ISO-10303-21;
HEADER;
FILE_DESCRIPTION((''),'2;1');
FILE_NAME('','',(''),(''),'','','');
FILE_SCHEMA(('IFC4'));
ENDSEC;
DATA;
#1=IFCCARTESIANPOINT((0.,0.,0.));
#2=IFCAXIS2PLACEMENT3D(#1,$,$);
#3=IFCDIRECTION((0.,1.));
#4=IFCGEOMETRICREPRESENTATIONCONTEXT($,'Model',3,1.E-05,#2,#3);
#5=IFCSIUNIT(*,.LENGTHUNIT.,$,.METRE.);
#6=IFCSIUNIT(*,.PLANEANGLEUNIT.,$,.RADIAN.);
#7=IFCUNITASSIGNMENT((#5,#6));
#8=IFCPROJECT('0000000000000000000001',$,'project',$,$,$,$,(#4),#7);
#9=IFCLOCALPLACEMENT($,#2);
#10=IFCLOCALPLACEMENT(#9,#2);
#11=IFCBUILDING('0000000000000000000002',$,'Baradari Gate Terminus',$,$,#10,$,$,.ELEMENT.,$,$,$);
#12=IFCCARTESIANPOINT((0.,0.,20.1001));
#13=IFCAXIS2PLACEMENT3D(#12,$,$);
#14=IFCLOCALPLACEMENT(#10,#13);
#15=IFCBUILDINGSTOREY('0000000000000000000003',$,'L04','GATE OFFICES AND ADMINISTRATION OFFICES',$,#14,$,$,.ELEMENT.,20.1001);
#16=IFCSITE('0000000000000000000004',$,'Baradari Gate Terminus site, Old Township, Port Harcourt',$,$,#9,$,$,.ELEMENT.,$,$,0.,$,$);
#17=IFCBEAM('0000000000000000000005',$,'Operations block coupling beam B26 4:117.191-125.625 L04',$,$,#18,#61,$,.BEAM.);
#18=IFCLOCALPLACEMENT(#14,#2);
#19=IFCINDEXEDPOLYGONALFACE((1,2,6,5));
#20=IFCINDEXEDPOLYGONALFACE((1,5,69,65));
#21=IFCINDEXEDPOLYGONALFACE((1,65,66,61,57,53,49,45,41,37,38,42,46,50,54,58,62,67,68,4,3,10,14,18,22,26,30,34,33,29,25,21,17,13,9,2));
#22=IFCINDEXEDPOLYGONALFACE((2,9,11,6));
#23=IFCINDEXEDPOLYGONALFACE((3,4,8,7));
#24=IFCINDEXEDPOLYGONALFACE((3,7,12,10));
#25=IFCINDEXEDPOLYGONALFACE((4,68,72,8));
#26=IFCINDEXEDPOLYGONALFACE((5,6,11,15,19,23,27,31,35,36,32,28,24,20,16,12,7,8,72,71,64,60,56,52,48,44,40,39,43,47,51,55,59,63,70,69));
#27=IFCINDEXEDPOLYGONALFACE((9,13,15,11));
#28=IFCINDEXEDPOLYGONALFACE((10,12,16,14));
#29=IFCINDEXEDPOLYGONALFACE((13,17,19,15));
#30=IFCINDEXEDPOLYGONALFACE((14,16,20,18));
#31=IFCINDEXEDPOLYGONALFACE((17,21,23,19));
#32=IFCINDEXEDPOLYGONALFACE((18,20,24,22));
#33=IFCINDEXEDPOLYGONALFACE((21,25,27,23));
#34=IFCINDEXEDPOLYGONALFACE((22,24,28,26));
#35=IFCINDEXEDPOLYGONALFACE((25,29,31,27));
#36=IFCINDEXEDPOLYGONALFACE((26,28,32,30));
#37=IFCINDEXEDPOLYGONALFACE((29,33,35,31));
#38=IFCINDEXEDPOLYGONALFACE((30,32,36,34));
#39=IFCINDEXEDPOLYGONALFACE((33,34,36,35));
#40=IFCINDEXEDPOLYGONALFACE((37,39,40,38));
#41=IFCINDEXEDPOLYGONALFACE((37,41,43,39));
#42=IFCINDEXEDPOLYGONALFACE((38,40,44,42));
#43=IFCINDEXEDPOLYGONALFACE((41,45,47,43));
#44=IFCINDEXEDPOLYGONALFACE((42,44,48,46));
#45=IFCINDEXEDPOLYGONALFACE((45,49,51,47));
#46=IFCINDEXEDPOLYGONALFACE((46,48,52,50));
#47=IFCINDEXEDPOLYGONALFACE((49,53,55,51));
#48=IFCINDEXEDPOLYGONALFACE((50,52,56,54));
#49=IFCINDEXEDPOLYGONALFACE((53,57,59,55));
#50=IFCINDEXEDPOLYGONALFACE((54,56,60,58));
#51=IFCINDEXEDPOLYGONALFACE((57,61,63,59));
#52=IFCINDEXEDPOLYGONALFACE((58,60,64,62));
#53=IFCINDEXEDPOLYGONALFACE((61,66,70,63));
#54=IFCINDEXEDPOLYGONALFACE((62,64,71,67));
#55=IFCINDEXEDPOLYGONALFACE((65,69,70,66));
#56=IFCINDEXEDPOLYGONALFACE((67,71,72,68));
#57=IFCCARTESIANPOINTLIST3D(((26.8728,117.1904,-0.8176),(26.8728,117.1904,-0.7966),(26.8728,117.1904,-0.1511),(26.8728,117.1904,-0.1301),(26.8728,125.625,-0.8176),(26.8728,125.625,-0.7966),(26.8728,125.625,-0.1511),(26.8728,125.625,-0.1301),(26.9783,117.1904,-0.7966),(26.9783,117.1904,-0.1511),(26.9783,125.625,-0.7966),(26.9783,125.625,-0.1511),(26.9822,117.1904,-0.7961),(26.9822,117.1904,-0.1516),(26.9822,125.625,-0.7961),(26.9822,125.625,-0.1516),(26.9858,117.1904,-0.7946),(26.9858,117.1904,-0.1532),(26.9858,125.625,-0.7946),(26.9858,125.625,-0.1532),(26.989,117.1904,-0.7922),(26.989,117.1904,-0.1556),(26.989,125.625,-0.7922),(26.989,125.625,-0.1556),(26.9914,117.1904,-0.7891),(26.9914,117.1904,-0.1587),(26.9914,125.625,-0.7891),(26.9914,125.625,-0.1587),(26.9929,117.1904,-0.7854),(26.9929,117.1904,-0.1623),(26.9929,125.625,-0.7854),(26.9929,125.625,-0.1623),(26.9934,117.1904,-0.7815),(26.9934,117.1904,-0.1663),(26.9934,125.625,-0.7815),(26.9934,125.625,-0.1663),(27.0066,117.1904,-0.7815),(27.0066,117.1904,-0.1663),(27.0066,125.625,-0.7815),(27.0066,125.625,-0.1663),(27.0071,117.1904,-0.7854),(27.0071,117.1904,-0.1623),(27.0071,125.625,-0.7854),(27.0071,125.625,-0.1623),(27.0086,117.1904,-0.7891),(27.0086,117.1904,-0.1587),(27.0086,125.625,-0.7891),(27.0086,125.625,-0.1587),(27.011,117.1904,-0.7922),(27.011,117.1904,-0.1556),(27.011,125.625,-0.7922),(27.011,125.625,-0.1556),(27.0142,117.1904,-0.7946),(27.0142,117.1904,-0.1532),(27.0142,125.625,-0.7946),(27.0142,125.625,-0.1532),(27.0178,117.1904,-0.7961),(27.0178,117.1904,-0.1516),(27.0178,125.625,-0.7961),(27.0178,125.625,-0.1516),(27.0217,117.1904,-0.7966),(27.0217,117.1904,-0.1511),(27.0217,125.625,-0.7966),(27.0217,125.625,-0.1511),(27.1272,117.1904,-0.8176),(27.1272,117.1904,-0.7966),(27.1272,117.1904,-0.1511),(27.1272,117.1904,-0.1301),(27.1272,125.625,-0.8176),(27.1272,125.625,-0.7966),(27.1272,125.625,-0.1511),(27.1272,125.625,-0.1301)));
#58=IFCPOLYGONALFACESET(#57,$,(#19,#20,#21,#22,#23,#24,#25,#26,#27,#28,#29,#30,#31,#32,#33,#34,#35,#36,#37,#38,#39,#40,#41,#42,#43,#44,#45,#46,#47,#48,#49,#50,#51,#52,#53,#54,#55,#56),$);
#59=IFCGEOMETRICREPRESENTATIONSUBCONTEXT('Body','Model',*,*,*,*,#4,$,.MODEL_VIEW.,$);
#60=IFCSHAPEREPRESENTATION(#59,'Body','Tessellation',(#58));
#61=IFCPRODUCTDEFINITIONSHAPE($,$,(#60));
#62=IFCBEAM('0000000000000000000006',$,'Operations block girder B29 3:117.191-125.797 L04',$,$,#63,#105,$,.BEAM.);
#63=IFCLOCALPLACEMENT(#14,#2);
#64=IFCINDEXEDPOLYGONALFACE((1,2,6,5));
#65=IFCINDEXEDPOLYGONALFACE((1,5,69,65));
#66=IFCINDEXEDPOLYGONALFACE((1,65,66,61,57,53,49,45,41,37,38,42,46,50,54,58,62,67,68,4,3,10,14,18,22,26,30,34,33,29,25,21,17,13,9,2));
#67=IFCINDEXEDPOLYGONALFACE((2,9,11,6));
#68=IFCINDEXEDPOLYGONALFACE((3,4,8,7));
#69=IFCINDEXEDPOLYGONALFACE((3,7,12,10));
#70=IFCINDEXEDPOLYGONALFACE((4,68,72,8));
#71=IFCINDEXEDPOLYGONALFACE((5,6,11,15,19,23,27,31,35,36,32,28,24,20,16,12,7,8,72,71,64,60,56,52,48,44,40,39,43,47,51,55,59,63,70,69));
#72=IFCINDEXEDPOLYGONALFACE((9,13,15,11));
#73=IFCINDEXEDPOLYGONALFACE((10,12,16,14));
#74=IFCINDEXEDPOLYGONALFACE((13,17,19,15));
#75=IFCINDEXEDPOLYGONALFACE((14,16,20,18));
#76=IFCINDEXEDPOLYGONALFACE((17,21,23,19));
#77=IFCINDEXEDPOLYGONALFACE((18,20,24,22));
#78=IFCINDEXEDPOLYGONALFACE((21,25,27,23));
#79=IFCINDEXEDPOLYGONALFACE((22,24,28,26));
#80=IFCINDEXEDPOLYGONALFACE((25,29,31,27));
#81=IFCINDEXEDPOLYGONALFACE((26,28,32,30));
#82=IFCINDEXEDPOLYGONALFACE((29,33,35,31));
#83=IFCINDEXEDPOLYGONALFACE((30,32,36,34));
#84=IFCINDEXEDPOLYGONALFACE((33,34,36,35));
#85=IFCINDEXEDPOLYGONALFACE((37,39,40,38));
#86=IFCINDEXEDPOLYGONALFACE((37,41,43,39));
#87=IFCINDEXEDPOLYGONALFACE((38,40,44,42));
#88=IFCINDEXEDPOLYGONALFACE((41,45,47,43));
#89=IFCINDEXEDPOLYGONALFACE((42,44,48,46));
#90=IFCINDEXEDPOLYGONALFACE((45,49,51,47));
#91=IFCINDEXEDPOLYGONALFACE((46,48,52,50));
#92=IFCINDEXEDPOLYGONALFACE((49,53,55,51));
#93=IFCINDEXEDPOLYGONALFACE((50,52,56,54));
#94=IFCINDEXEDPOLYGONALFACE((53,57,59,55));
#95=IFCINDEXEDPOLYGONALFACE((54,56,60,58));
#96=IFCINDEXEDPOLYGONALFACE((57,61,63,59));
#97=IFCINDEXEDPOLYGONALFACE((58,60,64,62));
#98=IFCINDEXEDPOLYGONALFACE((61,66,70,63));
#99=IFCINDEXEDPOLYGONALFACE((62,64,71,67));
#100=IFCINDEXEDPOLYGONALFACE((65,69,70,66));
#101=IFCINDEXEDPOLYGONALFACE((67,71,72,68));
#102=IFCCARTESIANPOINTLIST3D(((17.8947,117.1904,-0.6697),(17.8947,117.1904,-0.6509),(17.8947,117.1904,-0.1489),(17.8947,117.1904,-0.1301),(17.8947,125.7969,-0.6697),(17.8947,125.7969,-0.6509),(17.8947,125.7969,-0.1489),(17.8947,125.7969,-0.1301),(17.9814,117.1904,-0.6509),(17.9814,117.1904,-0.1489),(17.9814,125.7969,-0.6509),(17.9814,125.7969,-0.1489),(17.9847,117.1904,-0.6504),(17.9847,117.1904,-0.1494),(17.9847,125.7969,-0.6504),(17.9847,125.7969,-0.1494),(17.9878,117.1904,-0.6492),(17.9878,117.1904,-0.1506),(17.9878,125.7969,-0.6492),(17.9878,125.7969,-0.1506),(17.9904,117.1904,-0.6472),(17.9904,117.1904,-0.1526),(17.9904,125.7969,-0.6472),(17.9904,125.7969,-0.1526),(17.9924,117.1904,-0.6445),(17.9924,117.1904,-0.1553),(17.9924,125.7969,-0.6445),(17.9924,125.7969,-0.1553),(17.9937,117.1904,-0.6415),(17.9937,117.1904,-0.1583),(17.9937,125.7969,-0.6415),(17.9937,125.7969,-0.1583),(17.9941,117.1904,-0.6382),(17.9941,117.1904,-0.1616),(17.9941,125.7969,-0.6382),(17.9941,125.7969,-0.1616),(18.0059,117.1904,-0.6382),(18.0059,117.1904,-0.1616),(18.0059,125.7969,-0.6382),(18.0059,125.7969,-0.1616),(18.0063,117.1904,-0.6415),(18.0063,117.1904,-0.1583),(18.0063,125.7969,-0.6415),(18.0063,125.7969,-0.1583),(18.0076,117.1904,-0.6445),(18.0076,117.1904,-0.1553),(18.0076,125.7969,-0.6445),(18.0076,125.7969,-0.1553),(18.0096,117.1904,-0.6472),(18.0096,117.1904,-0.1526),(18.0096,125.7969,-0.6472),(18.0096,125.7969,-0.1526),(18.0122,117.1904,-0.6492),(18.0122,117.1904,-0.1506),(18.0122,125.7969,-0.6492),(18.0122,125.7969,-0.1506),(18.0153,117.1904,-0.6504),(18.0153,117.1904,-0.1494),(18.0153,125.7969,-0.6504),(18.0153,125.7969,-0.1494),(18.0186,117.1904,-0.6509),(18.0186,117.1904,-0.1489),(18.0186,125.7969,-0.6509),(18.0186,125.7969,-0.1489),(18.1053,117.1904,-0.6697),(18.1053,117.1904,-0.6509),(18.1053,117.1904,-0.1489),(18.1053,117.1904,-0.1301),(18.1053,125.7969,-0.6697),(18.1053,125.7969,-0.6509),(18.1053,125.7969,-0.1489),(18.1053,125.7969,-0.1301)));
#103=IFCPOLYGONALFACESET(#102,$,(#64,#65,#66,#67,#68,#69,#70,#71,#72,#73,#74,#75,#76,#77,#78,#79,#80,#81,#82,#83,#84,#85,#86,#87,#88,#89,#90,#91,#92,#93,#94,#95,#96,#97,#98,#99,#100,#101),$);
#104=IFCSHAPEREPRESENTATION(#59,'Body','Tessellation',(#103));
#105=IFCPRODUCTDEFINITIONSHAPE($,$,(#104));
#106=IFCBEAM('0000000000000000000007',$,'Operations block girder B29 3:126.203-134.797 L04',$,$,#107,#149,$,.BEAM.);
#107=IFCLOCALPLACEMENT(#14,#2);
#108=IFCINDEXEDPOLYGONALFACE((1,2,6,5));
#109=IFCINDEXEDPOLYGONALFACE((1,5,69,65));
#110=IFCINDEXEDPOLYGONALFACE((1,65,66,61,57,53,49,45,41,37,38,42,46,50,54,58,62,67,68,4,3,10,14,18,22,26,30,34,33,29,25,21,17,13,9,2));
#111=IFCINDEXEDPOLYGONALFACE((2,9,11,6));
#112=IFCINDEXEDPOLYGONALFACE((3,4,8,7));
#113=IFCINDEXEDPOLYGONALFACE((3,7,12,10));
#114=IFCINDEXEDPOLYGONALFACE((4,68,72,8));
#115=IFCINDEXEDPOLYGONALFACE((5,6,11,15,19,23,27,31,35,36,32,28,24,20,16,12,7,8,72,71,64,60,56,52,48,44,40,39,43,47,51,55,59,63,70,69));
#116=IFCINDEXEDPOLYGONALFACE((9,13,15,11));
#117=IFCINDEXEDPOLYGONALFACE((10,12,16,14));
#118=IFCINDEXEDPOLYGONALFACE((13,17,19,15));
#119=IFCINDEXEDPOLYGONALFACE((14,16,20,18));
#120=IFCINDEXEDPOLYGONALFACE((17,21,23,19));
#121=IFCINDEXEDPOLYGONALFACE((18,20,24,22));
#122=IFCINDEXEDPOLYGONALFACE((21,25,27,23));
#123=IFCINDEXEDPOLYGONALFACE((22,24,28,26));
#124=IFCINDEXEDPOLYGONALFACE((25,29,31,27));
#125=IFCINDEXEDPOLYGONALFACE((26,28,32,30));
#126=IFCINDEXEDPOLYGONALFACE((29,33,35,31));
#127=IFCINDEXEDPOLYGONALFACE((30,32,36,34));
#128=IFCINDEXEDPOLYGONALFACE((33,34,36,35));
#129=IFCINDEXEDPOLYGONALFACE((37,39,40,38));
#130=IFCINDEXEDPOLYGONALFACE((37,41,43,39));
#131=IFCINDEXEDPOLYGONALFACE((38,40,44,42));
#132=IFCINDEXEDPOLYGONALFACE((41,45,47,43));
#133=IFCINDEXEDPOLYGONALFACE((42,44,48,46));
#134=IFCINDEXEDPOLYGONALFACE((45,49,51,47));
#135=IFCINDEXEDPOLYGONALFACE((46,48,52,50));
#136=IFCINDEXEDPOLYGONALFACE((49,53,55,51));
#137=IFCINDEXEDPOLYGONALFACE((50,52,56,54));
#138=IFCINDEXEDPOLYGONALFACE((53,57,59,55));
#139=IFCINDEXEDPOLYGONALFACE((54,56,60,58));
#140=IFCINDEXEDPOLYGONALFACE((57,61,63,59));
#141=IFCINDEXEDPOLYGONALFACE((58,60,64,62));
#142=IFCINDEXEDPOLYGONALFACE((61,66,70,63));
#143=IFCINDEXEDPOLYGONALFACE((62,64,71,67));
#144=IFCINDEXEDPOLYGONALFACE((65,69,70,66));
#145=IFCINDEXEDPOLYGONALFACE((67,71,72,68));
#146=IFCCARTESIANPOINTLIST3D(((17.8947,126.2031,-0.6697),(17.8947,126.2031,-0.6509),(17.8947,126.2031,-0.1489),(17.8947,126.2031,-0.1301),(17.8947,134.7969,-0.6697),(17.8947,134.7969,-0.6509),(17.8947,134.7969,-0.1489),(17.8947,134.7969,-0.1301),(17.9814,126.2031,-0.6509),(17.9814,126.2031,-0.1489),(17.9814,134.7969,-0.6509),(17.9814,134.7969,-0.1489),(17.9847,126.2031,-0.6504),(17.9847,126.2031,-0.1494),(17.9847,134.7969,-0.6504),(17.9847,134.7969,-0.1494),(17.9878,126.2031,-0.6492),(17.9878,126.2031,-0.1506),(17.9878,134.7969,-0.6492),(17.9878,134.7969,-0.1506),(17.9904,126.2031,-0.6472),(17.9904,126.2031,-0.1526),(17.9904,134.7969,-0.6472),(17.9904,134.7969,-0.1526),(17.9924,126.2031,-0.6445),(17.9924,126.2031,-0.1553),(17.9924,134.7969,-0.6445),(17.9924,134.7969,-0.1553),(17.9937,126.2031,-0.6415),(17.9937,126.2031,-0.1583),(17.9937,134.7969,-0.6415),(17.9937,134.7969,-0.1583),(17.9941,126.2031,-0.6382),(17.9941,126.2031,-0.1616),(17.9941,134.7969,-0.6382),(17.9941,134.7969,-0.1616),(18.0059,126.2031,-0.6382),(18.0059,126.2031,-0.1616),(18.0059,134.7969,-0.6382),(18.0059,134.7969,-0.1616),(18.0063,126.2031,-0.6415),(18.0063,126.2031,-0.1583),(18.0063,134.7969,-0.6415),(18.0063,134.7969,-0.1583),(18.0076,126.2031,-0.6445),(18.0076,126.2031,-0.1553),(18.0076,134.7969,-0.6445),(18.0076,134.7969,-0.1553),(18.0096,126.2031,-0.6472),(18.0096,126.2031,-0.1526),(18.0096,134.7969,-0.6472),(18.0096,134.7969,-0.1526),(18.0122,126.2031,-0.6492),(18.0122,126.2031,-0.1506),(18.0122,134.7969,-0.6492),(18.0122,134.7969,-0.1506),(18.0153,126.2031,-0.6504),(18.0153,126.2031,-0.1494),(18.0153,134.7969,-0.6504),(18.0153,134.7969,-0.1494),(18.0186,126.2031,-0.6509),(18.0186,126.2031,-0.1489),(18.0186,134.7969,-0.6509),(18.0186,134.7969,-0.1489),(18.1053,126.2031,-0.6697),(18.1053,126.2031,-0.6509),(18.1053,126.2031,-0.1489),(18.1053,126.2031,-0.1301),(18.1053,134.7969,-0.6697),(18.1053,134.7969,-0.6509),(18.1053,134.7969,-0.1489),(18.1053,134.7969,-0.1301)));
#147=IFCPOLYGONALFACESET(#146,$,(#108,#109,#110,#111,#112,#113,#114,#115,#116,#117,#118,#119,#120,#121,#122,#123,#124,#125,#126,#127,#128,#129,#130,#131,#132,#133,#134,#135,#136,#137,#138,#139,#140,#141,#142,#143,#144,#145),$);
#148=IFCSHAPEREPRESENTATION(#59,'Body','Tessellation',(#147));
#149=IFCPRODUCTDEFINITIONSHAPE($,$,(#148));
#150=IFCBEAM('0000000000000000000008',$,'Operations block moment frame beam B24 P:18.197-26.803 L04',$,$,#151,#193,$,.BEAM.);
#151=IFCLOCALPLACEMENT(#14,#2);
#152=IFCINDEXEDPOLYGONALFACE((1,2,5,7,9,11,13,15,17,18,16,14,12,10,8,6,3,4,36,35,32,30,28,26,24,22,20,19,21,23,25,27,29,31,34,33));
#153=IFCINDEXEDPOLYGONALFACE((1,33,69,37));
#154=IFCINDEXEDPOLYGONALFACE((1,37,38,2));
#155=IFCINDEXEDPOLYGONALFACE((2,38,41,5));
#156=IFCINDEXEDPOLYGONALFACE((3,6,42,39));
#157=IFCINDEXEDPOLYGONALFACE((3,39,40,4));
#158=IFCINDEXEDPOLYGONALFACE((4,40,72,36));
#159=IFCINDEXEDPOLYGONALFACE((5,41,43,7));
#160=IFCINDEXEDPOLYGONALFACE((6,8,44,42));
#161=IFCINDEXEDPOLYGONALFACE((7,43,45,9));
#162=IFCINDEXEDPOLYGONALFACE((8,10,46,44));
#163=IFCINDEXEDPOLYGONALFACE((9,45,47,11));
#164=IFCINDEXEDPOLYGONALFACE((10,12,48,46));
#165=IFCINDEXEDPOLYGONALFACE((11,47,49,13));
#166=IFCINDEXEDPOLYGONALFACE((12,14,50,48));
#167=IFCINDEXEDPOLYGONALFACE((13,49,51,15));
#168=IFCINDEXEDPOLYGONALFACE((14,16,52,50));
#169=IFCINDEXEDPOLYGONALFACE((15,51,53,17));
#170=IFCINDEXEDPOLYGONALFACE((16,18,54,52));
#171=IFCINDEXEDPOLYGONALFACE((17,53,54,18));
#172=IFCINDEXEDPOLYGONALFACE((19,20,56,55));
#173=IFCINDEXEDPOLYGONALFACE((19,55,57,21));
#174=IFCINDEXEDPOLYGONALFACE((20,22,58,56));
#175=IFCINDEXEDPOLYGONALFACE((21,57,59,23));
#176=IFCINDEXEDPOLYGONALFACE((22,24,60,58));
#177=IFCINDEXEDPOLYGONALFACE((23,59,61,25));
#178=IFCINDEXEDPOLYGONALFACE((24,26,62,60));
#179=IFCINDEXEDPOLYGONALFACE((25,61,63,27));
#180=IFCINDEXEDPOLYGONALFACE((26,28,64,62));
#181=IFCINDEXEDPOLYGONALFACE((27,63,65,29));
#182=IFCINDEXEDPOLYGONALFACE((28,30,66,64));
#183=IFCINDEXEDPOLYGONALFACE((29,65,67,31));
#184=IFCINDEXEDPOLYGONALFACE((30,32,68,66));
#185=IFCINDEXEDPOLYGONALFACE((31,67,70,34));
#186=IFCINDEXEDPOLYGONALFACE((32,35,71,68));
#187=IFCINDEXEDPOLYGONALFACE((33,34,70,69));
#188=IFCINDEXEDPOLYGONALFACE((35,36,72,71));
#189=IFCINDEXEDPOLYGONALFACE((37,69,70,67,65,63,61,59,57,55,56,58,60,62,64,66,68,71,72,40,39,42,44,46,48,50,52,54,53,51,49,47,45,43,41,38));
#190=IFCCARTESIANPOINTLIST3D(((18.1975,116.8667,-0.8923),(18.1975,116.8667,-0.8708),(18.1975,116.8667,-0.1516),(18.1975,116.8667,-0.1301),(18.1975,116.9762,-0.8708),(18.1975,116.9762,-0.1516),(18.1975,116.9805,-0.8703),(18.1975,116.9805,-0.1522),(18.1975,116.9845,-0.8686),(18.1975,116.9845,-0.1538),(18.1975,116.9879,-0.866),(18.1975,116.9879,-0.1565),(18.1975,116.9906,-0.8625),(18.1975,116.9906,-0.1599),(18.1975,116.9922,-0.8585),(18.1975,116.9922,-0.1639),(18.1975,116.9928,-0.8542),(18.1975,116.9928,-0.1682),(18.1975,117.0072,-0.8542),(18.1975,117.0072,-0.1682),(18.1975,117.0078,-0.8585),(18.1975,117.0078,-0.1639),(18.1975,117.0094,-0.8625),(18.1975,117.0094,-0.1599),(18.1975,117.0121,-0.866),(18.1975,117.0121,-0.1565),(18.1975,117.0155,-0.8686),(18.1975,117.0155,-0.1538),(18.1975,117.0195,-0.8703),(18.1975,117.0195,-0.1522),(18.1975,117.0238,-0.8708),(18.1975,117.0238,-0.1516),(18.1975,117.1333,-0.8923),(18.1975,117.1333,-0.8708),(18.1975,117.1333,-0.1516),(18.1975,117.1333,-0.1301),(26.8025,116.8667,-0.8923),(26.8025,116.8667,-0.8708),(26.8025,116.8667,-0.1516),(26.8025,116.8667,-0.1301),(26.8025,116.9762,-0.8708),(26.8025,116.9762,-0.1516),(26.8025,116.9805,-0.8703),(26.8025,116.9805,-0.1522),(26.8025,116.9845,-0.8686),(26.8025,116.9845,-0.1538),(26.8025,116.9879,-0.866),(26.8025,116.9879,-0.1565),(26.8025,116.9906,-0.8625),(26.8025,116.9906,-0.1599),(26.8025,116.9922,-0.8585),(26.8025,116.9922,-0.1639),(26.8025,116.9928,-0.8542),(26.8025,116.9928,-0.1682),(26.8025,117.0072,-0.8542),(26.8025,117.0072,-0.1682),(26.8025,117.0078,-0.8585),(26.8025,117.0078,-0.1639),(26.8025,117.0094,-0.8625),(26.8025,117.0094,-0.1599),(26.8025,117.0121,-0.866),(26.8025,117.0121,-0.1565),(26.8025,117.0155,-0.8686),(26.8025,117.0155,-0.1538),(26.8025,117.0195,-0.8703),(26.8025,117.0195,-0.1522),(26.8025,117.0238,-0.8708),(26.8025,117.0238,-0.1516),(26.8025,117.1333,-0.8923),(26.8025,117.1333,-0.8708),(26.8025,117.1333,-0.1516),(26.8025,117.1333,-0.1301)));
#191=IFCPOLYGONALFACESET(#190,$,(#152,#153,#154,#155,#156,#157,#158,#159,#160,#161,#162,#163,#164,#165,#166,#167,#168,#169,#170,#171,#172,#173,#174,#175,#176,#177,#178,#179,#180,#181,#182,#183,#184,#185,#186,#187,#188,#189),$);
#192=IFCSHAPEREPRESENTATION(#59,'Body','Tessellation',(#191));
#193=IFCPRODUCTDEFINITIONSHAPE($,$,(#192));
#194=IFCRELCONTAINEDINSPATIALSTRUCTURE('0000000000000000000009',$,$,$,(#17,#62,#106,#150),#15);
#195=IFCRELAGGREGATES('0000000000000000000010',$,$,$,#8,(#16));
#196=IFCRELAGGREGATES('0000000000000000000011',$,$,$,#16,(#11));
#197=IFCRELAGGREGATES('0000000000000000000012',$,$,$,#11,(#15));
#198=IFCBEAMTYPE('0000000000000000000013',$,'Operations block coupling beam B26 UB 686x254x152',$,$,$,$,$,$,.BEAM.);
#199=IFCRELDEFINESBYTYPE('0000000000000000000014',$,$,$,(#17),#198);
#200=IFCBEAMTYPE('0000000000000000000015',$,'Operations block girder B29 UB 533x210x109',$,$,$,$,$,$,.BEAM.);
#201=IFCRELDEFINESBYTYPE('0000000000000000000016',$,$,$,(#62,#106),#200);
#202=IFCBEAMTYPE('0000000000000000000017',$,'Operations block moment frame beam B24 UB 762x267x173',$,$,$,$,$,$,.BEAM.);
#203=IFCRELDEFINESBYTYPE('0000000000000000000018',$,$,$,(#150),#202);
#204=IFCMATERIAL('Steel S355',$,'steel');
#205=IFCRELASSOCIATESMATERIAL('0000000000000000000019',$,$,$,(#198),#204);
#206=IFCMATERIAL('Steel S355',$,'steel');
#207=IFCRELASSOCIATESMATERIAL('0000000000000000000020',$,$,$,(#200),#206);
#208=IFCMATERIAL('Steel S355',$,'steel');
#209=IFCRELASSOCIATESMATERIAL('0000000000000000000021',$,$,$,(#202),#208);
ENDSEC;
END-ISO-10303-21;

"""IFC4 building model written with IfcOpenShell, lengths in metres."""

from ifc_helpers import new_model, si_unit, direction, frame, origin, origin_2d, place, context, subcontext, project, spatial, i_section, extrude, material, material_profile, profile_set, type_object, element, save


model = new_model("IFC4")

# Units and contexts
model_context = context("Model", 3, precision=1e-05, world=origin(), true_north=direction((0.0, 1.0)))
body_context = subcontext(model_context, "Body", "Model", "MODEL_VIEW")
ifc_project = project(units=[si_unit("LENGTHUNIT", "METRE"), si_unit("PLANEANGLEUNIT", "RADIAN")], contexts=[model_context])

# Site, building, storey
site_placement = place(None, origin())
site = spatial("IfcSite", under=ifc_project, at=site_placement, Name="Baradari Gate Terminus site, Old Township, Port Harcourt", CompositionType="ELEMENT", RefElevation=0.0)
building_placement = place(site_placement, origin())
building = spatial("IfcBuilding", under=site, at=building_placement, Name="Baradari Gate Terminus", CompositionType="ELEMENT")
storey_placement = place(building_placement, frame((0.0, 0.0, 20.1001)))
storey = spatial("IfcBuildingStorey", under=building, at=storey_placement, Name="L04", Description="GATE OFFICES AND ADMINISTRATION OFFICES", CompositionType="ELEMENT", Elevation=20.1001)

# Beams
ifc_material_1 = material(Name="Steel S355", Category="steel")
ifc_material_profile_1 = material_profile(ifc_material_1, i_section(OverallWidth=0.2544, OverallDepth=0.6875, WebThickness=0.0132, FlangeThickness=0.021, FilletRadius=0.0151, at=origin_2d()), Name="UB 686x254x152")
ifc_profile_set_1 = profile_set([ifc_material_profile_1], Name="Steel S355")
beam_type_1 = type_object("IfcBeamType", Name="Operations block coupling beam B26 UB 686x254x152", PredefinedType="BEAM", material=ifc_profile_set_1)
beam_1_placement = place(storey_placement, frame((27.0, 117.1904, -0.4739), z_axis=(0.0, 1.0, 0.0), x_axis=(-1.0, 0.0, 0.0)))
element("IfcBeam", 1, at=beam_1_placement, inside=storey, type_object=beam_type_1, Name="Operations block coupling beam B26 4:117.191-125.625 L04", PredefinedType="BEAM", context=body_context, shape_type="SweptSolid", body=[
    extrude(i_section(OverallWidth=0.2544, OverallDepth=0.6875, WebThickness=0.0132, FlangeThickness=0.021, FilletRadius=0.0151, at=origin_2d()), origin(), (0.0, 0.0, 1.0), 8.4346),
])
ifc_material_2 = material(Name="Steel S355", Category="steel")
ifc_material_profile_2 = material_profile(ifc_material_2, i_section(OverallWidth=0.2107, OverallDepth=0.5396, WebThickness=0.0117, FlangeThickness=0.0188, FilletRadius=0.0127, at=origin_2d()), Name="UB 533x210x109")
ifc_profile_set_2 = profile_set([ifc_material_profile_2], Name="Steel S355")
beam_type_2 = type_object("IfcBeamType", Name="Operations block girder B29 UB 533x210x109", PredefinedType="BEAM", material=ifc_profile_set_2)
beam_2_placement = place(storey_placement, frame((18.0, 117.1904, -0.3999), z_axis=(0.0, 1.0, 0.0), x_axis=(-1.0, 0.0, 0.0)))
element("IfcBeam", 2, at=beam_2_placement, inside=storey, type_object=beam_type_2, Name="Operations block girder B29 3:117.191-125.797 L04", PredefinedType="BEAM", context=body_context, shape_type="SweptSolid", body=[
    extrude(i_section(OverallWidth=0.2107, OverallDepth=0.5396, WebThickness=0.0117, FlangeThickness=0.0188, FilletRadius=0.0127, at=origin_2d()), origin(), (0.0, 0.0, 1.0), 8.6064),
])
beam_3_placement = place(storey_placement, frame((18.0, 126.2031, -0.3999), z_axis=(0.0, 1.0, 0.0), x_axis=(-1.0, 0.0, 0.0)))
element("IfcBeam", 3, at=beam_3_placement, inside=storey, type_object=beam_type_2, Name="Operations block girder B29 3:126.203-134.797 L04", PredefinedType="BEAM", context=body_context, shape_type="SweptSolid", body=[
    extrude(i_section(OverallWidth=0.2107, OverallDepth=0.5396, WebThickness=0.0117, FlangeThickness=0.0188, FilletRadius=0.0127, at=origin_2d()), origin(), (0.0, 0.0, 1.0), 8.5938),
])
ifc_material_3 = material(Name="Steel S355", Category="steel")
ifc_material_profile_3 = material_profile(ifc_material_3, i_section(OverallWidth=0.2666, OverallDepth=0.7622, WebThickness=0.0144, FlangeThickness=0.0215, FilletRadius=0.0166, at=origin_2d()), Name="UB 762x267x173")
ifc_profile_set_3 = profile_set([ifc_material_profile_3], Name="Steel S355")
beam_type_3 = type_object("IfcBeamType", Name="Operations block moment frame beam B24 UB 762x267x173", PredefinedType="BEAM", material=ifc_profile_set_3)
beam_4_placement = place(storey_placement, frame((18.1975, 117.0, -0.5112), z_axis=(1.0, 0.0, 0.0), x_axis=(0.0, 1.0, 0.0)))
element("IfcBeam", 4, at=beam_4_placement, inside=storey, type_object=beam_type_3, Name="Operations block moment frame beam B24 P:18.197-26.803 L04", PredefinedType="BEAM", context=body_context, shape_type="SweptSolid", body=[
    extrude(i_section(OverallWidth=0.2666, OverallDepth=0.7622, WebThickness=0.0144, FlangeThickness=0.0215, FilletRadius=0.0166, at=origin_2d()), origin(), (0.0, 0.0, 1.0), 8.605),
])

save(model, "model.ifc")
